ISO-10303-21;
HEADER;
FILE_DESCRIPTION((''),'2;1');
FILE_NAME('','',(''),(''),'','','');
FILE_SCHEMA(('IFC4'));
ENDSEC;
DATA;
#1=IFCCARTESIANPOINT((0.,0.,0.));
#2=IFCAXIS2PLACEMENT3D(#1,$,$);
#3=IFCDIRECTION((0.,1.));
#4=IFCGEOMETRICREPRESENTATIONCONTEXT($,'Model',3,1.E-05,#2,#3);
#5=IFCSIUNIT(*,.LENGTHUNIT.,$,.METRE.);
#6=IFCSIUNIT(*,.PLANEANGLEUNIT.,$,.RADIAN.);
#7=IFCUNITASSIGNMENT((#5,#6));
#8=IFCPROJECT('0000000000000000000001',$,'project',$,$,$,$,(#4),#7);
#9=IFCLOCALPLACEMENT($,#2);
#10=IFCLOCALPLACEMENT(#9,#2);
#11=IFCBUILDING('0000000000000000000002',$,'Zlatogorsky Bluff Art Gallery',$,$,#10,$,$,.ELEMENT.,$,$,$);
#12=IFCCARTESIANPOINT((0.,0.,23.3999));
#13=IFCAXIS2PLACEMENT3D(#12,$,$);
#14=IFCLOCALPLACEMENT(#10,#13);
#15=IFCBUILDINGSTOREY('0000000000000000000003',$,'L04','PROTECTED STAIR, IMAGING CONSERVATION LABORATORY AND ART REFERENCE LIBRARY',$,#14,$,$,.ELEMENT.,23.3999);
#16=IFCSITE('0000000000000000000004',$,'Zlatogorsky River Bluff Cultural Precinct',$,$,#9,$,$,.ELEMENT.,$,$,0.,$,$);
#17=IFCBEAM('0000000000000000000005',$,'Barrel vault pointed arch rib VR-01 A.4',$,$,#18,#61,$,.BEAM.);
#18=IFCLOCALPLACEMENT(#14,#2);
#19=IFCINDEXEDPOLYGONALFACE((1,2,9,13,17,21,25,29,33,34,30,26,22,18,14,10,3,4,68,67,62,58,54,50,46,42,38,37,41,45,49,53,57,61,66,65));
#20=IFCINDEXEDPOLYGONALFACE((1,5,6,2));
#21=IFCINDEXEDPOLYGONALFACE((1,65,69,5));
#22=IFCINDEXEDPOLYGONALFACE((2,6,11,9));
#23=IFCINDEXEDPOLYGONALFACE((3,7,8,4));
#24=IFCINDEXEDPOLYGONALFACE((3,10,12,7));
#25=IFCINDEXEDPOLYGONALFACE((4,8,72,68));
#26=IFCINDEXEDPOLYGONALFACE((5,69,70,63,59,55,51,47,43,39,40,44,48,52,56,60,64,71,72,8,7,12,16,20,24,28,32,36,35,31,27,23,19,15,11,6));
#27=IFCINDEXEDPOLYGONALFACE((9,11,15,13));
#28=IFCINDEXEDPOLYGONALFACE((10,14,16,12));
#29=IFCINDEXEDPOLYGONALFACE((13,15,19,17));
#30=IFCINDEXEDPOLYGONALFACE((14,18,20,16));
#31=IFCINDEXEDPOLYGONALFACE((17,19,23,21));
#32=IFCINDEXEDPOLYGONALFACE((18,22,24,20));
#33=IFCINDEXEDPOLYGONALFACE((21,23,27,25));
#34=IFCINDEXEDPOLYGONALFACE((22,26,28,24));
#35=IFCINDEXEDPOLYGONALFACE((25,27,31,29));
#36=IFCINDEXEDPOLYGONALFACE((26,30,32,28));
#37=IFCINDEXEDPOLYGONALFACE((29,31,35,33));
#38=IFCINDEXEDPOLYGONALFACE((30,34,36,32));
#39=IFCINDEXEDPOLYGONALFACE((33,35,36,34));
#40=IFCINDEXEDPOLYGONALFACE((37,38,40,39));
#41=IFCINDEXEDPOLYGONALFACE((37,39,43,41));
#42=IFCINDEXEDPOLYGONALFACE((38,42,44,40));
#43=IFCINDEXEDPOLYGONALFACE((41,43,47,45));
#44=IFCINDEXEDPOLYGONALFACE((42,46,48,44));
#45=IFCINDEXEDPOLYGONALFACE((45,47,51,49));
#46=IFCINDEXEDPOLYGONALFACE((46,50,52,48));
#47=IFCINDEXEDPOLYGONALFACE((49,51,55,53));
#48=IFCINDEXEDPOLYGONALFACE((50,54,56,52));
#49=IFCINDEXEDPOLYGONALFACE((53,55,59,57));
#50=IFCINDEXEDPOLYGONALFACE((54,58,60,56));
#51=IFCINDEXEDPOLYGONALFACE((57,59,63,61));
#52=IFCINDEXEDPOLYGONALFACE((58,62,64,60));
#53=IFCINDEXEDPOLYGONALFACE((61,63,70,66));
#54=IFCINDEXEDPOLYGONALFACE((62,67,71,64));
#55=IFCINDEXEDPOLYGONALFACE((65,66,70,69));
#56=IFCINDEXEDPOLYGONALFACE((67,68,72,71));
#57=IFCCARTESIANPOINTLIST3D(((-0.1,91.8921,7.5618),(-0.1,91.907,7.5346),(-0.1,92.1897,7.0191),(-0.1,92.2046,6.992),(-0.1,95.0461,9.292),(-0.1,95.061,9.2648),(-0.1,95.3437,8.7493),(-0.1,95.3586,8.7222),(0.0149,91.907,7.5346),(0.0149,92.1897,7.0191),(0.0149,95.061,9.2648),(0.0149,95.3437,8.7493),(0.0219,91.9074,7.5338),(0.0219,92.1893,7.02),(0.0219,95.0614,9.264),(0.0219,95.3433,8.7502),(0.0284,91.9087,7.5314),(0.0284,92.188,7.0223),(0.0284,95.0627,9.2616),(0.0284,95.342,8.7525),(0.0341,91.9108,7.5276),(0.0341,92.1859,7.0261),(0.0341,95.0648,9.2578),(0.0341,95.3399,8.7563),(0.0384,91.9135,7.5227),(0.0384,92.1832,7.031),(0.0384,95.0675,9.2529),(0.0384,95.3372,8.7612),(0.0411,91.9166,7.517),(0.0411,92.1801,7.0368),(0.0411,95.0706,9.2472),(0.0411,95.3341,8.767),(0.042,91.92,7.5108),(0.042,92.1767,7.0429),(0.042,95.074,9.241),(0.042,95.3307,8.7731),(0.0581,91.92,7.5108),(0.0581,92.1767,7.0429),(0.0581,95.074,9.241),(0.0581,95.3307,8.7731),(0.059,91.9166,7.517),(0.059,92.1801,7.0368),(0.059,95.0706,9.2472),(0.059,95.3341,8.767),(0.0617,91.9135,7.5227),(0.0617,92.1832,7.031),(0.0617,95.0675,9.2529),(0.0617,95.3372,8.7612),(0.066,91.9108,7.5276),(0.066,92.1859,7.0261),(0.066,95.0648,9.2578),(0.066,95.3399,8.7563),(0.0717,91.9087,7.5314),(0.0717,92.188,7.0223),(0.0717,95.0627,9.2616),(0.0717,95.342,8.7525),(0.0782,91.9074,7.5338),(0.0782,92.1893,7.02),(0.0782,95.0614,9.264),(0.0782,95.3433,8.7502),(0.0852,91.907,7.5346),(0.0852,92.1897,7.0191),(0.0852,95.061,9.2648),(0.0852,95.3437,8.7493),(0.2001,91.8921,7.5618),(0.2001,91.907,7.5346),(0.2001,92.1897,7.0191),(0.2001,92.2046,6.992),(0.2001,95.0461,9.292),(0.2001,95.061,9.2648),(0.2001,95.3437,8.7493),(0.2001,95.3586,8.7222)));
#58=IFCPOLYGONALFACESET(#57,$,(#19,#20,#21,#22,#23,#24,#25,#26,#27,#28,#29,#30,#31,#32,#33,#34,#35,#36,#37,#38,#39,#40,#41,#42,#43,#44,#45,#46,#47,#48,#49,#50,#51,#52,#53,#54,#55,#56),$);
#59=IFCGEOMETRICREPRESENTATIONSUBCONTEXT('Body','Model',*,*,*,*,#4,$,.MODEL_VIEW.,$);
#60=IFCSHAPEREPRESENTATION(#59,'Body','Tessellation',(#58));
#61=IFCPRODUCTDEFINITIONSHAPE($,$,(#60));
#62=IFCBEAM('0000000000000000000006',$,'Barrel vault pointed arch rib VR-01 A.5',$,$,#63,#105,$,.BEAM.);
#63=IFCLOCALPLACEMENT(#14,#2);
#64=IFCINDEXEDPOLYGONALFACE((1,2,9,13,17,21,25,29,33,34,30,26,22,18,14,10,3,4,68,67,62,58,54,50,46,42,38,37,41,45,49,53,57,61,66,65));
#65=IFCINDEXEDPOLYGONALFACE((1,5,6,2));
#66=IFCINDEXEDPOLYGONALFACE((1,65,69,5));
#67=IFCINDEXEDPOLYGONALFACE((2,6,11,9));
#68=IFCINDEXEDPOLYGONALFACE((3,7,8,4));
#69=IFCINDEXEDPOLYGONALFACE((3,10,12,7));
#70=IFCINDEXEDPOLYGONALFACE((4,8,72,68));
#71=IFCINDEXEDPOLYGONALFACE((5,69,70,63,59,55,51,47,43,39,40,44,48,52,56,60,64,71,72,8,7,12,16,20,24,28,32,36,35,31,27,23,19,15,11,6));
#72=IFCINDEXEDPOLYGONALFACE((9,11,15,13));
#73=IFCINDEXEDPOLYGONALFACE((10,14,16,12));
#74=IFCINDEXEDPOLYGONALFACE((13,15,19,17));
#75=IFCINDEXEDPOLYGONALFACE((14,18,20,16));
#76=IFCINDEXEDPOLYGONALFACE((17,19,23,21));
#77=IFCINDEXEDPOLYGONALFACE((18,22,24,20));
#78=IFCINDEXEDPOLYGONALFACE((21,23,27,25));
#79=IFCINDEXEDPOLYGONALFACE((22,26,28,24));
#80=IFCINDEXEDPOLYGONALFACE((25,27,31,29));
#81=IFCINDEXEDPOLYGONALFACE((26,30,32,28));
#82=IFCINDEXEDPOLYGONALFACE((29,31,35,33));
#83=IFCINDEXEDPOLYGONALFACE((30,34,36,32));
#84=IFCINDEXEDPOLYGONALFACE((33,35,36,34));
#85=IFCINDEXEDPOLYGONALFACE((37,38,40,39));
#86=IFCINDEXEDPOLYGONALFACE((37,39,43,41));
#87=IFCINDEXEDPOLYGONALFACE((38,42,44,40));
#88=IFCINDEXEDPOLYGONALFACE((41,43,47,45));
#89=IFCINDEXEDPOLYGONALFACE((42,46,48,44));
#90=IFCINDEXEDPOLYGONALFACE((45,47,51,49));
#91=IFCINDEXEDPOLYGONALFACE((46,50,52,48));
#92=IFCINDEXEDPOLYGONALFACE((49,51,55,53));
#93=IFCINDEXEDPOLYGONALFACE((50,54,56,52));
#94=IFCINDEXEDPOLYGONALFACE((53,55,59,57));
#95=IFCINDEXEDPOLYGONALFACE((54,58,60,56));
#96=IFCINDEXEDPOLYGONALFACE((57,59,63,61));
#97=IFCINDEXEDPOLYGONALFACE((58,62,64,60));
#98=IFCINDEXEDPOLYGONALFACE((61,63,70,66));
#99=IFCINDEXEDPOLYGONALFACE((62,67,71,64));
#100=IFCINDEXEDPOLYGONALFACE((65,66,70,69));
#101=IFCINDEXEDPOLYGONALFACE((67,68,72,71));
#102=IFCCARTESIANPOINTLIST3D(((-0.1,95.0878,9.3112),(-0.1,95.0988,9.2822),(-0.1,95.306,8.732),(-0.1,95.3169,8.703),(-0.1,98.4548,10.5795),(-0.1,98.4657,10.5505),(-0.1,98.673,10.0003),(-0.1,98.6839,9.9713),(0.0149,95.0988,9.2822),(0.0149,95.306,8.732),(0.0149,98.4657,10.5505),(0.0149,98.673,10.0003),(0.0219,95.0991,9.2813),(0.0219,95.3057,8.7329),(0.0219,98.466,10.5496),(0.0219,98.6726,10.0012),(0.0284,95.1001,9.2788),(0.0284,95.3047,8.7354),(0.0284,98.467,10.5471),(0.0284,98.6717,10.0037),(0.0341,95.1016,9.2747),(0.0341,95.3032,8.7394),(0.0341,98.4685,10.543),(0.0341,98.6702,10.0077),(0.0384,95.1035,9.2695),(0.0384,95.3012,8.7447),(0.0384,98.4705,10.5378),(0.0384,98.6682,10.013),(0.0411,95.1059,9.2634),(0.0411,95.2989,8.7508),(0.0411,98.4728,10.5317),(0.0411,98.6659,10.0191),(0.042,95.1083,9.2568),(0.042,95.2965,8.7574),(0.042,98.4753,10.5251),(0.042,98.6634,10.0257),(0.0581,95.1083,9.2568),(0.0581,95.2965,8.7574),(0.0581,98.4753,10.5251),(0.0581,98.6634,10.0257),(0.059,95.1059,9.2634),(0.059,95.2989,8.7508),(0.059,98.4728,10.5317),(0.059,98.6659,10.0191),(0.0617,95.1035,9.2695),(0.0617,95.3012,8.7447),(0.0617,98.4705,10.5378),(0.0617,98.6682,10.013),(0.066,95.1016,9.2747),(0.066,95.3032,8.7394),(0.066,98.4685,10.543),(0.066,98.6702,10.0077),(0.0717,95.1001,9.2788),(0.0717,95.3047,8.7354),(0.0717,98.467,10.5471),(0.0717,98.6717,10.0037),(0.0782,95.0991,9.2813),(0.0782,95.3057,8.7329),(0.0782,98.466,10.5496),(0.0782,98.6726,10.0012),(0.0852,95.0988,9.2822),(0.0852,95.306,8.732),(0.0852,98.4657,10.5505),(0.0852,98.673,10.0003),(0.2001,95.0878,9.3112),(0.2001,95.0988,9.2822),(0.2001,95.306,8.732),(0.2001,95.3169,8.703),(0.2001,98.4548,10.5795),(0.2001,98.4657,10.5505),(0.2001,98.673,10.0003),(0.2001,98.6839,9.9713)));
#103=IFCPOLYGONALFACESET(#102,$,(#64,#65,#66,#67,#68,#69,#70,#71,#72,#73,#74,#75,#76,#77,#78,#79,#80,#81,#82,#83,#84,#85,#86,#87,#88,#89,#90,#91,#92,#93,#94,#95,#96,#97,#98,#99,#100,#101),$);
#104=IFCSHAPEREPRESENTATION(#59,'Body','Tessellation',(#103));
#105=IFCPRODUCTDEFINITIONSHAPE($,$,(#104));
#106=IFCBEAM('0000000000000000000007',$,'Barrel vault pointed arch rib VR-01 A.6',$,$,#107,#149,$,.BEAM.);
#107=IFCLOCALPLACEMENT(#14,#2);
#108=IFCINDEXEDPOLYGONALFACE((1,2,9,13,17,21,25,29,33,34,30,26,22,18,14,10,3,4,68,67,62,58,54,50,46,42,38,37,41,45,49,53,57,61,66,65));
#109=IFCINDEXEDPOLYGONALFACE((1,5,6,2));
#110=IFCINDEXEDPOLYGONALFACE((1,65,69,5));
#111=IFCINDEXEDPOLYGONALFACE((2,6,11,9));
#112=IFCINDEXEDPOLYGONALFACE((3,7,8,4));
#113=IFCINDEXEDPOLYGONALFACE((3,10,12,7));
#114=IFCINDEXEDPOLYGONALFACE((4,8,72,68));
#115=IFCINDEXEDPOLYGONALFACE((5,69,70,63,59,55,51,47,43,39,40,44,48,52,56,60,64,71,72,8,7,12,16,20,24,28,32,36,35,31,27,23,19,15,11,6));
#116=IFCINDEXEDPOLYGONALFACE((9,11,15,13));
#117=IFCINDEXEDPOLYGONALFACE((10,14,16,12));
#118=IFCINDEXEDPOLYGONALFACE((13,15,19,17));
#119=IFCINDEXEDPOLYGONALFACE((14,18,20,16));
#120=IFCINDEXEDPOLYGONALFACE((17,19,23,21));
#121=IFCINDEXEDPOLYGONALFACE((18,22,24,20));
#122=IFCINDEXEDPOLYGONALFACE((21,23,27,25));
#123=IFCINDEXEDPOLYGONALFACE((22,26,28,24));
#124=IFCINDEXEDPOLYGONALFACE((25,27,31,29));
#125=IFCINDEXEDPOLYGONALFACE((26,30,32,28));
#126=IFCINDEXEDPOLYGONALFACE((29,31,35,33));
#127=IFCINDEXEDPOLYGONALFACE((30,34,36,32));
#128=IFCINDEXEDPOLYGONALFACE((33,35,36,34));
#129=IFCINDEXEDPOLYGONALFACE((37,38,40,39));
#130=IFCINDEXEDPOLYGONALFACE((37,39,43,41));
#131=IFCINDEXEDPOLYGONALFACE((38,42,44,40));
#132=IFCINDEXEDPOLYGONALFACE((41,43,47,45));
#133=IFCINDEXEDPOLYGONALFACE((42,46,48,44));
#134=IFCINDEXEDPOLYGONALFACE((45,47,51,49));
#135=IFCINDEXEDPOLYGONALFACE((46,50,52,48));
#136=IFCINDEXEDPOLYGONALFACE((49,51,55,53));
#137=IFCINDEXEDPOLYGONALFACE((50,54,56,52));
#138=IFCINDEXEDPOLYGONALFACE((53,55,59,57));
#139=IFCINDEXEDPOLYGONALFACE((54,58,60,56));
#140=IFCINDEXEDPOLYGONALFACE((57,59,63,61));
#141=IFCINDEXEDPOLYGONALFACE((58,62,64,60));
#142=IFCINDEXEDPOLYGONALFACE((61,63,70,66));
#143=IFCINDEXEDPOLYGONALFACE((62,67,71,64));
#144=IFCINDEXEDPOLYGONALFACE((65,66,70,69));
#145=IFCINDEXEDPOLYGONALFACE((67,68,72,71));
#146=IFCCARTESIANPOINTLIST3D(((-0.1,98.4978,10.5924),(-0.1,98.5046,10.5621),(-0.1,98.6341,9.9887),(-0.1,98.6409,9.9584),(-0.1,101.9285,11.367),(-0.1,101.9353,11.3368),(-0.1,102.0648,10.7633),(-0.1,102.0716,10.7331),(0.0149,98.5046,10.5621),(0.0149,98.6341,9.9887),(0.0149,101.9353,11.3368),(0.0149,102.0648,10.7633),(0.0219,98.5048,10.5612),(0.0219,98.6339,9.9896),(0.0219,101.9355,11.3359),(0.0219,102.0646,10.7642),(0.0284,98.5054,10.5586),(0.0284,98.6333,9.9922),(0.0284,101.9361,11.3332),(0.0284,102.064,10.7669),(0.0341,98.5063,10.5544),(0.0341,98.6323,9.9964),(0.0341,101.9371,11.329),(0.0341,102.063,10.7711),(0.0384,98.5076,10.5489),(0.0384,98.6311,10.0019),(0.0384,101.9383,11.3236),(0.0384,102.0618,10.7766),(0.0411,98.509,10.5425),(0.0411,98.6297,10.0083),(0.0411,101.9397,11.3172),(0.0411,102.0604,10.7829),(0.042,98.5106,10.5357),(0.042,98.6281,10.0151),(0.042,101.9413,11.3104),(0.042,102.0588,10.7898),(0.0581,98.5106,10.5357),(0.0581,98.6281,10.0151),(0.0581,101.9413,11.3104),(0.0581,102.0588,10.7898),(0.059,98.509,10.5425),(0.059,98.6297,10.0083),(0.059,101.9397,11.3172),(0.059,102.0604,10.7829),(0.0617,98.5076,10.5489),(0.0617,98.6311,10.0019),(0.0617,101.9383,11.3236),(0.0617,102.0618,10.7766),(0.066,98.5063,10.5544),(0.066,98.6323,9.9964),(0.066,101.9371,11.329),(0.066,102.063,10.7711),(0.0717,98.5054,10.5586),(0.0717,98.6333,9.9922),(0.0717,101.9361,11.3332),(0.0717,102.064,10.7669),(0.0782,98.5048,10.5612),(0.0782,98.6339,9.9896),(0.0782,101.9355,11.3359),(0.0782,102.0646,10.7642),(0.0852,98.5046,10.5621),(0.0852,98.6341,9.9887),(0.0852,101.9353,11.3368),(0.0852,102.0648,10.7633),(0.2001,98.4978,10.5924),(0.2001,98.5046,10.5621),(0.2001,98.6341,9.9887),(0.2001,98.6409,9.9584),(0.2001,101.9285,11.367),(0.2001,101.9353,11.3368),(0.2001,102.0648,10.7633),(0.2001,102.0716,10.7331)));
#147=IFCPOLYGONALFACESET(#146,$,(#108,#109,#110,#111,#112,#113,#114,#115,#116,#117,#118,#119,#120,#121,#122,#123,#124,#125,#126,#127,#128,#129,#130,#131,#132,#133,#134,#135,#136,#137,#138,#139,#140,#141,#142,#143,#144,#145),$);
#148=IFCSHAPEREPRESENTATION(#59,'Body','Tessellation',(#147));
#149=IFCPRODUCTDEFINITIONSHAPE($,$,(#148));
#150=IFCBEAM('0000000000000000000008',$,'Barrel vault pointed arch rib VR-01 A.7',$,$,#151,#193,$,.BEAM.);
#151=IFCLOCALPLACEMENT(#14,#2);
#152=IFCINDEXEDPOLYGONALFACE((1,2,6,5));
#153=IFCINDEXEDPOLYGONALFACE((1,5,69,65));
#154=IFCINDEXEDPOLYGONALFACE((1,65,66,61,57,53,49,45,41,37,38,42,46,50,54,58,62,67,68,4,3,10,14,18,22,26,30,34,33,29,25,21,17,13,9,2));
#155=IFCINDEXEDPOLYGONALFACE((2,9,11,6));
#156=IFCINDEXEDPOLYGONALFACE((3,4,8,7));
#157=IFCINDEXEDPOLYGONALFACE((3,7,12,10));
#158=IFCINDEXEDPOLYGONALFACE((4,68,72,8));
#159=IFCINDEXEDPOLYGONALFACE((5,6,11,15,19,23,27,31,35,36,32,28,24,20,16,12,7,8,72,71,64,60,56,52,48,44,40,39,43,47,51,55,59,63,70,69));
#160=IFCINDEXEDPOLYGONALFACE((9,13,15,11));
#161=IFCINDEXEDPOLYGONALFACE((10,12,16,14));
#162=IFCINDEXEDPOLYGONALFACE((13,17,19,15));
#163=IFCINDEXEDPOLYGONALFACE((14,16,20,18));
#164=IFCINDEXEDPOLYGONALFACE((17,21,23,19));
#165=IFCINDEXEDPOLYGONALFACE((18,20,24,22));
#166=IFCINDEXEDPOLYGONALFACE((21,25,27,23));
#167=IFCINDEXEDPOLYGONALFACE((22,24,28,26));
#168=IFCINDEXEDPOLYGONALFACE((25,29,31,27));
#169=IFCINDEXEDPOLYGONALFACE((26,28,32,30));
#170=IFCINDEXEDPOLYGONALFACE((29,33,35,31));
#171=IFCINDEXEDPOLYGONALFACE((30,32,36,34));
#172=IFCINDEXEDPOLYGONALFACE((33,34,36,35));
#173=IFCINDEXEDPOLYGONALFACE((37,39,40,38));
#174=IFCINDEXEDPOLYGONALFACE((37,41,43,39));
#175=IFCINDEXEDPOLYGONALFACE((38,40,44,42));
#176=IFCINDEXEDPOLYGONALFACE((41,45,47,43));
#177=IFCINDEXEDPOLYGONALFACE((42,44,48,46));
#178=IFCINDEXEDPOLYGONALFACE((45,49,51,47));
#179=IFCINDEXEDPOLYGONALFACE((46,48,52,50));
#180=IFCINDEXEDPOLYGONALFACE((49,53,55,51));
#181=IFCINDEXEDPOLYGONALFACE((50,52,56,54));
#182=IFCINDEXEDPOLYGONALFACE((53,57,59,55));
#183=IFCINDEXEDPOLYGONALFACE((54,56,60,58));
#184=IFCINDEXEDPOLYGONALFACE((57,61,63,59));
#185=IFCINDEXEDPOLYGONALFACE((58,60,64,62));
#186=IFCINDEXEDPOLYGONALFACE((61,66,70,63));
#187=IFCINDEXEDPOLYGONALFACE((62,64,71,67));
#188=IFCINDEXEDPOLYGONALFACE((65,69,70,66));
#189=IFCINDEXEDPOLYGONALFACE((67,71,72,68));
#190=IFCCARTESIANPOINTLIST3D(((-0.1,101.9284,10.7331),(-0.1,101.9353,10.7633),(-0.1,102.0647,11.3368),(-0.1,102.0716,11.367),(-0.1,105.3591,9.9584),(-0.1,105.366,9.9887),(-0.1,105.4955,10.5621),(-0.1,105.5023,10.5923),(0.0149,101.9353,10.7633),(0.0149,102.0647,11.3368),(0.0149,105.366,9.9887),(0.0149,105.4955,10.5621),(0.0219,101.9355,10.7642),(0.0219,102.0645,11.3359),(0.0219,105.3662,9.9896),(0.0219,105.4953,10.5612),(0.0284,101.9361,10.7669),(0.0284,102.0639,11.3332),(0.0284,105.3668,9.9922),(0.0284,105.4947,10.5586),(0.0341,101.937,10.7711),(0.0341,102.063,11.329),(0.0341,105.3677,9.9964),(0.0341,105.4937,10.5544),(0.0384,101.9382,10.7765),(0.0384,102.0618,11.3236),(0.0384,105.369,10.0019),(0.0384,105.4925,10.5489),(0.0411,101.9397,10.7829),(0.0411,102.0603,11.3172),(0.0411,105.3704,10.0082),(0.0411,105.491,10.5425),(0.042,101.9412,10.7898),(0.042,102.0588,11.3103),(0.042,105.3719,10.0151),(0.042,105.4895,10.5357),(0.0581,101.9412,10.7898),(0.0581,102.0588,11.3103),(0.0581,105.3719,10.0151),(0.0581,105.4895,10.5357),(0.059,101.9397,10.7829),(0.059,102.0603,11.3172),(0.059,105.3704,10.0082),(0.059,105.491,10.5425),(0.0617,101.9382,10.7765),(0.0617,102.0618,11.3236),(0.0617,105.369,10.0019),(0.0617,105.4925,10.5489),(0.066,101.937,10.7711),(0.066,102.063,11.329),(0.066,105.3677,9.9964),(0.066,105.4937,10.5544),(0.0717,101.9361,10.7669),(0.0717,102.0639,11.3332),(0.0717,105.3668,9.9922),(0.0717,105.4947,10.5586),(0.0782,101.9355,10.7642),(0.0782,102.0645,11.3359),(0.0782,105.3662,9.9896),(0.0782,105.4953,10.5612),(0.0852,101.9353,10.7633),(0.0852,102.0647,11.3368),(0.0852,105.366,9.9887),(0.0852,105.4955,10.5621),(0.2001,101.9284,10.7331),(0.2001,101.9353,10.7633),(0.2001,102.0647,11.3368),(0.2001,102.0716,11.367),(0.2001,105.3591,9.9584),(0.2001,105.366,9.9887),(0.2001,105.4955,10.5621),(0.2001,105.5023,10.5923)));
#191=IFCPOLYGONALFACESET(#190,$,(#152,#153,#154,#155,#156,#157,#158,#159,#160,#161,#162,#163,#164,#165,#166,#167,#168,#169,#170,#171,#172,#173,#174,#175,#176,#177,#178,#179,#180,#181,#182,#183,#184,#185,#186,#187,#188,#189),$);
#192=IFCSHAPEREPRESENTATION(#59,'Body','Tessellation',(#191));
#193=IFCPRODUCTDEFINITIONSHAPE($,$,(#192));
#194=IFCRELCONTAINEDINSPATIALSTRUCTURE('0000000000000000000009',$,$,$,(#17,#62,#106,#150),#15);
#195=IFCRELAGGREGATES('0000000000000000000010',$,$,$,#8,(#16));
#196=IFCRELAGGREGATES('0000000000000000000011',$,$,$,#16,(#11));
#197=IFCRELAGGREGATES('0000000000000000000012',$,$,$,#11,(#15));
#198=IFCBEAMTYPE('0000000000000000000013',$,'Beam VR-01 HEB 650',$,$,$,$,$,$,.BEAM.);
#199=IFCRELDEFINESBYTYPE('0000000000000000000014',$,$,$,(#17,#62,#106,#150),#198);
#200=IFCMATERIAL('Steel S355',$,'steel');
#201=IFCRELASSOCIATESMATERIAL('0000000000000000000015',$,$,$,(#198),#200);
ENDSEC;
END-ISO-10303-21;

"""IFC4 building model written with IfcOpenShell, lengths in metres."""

from ifc_helpers import new_model, si_unit, direction, frame, origin, origin_2d, place, context, subcontext, project, spatial, i_section, extrude, material, material_profile, profile_set, type_object, element, save


model = new_model("IFC4")

# Units and contexts
model_context = context("Model", 3, precision=1e-05, world=origin(), true_north=direction((0.0, 1.0)))
body_context = subcontext(model_context, "Body", "Model", "MODEL_VIEW")
ifc_project = project(units=[si_unit("LENGTHUNIT", "METRE"), si_unit("PLANEANGLEUNIT", "RADIAN")], contexts=[model_context])

# Site, building, storey
site_placement = place(None, origin())
site = spatial("IfcSite", under=ifc_project, at=site_placement, Name="Zlatogorsky River Bluff Cultural Precinct", CompositionType="ELEMENT", RefElevation=0.0)
building_placement = place(site_placement, origin())
building = spatial("IfcBuilding", under=site, at=building_placement, Name="Zlatogorsky Bluff Art Gallery", CompositionType="ELEMENT")
storey_placement = place(building_placement, frame((0.0, 0.0, 23.3999)))
storey = spatial("IfcBuildingStorey", under=building, at=storey_placement, Name="L04", Description="PROTECTED STAIR, IMAGING CONSERVATION LABORATORY AND ART REFERENCE LIBRARY", CompositionType="ELEMENT", Elevation=23.3999)

# Beams
ifc_material_1 = material(Name="Steel S355", Category="steel")
ifc_material_profile_1 = material_profile(ifc_material_1, i_section(OverallWidth=0.3, OverallDepth=0.6499, WebThickness=0.0161, FlangeThickness=0.031, FilletRadius=0.0271, at=origin_2d()), Name="HEB 650")
ifc_profile_set_1 = profile_set([ifc_material_profile_1], Name="Steel S355")
beam_type_1 = type_object("IfcBeamType", Name="Beam VR-01 HEB 650", PredefinedType="BEAM", material=ifc_profile_set_1)
beam_1_placement = place(storey_placement, frame((0.05, 92.0483, 7.2769), z_axis=(0.0, 0.876744, 0.480957), x_axis=(-1.0, 0.0, 0.0)))
element("IfcBeam", 1, at=beam_1_placement, inside=storey, type_object=beam_type_1, Name="Barrel vault pointed arch rib VR-01 A.4", PredefinedType="BEAM", context=body_context, shape_type="SweptSolid", body=[
    extrude(i_section(OverallWidth=0.3, OverallDepth=0.6499, WebThickness=0.0161, FlangeThickness=0.031, FilletRadius=0.0271, at=origin_2d()), origin(), (0.0, 0.0, 1.0), 3.5974),
])
beam_2_placement = place(storey_placement, frame((0.05, 95.2024, 9.0071), z_axis=(0.0, 0.935807, 0.352514), x_axis=(-1.0, 0.0, 0.0)))
element("IfcBeam", 2, at=beam_2_placement, inside=storey, type_object=beam_type_1, Name="Barrel vault pointed arch rib VR-01 A.5", PredefinedType="BEAM", context=body_context, shape_type="SweptSolid", body=[
    extrude(i_section(OverallWidth=0.3, OverallDepth=0.6499, WebThickness=0.0161, FlangeThickness=0.031, FilletRadius=0.0271, at=origin_2d()), origin(), (0.0, 0.0, 1.0), 3.5979),
])
for number, where, z_axis, x_axis, name in (
    (3, (0.05, 98.5693, 10.2754), (0.0, 0.975441, 0.220259), (-1.0, 0.0, 0.0), "Barrel vault pointed arch rib VR-01 A.6"),
    (4, (0.05, 102.0, 11.05), (0.0, 0.975441, -0.220259), (-1.0, 0.0, 0.0), "Barrel vault pointed arch rib VR-01 A.7"),
):
    element("IfcBeam", number, at=place(storey_placement, frame(where, z_axis=z_axis, x_axis=x_axis)), inside=storey, type_object=beam_type_1, Name=name, PredefinedType="BEAM", context=body_context, shape_type="SweptSolid", body=[
        extrude(i_section(OverallWidth=0.3, OverallDepth=0.6499, WebThickness=0.0161, FlangeThickness=0.031, FilletRadius=0.0271, at=origin_2d()), origin(), (0.0, 0.0, 1.0), 3.5171),
    ])

save(model, "model.ifc")
